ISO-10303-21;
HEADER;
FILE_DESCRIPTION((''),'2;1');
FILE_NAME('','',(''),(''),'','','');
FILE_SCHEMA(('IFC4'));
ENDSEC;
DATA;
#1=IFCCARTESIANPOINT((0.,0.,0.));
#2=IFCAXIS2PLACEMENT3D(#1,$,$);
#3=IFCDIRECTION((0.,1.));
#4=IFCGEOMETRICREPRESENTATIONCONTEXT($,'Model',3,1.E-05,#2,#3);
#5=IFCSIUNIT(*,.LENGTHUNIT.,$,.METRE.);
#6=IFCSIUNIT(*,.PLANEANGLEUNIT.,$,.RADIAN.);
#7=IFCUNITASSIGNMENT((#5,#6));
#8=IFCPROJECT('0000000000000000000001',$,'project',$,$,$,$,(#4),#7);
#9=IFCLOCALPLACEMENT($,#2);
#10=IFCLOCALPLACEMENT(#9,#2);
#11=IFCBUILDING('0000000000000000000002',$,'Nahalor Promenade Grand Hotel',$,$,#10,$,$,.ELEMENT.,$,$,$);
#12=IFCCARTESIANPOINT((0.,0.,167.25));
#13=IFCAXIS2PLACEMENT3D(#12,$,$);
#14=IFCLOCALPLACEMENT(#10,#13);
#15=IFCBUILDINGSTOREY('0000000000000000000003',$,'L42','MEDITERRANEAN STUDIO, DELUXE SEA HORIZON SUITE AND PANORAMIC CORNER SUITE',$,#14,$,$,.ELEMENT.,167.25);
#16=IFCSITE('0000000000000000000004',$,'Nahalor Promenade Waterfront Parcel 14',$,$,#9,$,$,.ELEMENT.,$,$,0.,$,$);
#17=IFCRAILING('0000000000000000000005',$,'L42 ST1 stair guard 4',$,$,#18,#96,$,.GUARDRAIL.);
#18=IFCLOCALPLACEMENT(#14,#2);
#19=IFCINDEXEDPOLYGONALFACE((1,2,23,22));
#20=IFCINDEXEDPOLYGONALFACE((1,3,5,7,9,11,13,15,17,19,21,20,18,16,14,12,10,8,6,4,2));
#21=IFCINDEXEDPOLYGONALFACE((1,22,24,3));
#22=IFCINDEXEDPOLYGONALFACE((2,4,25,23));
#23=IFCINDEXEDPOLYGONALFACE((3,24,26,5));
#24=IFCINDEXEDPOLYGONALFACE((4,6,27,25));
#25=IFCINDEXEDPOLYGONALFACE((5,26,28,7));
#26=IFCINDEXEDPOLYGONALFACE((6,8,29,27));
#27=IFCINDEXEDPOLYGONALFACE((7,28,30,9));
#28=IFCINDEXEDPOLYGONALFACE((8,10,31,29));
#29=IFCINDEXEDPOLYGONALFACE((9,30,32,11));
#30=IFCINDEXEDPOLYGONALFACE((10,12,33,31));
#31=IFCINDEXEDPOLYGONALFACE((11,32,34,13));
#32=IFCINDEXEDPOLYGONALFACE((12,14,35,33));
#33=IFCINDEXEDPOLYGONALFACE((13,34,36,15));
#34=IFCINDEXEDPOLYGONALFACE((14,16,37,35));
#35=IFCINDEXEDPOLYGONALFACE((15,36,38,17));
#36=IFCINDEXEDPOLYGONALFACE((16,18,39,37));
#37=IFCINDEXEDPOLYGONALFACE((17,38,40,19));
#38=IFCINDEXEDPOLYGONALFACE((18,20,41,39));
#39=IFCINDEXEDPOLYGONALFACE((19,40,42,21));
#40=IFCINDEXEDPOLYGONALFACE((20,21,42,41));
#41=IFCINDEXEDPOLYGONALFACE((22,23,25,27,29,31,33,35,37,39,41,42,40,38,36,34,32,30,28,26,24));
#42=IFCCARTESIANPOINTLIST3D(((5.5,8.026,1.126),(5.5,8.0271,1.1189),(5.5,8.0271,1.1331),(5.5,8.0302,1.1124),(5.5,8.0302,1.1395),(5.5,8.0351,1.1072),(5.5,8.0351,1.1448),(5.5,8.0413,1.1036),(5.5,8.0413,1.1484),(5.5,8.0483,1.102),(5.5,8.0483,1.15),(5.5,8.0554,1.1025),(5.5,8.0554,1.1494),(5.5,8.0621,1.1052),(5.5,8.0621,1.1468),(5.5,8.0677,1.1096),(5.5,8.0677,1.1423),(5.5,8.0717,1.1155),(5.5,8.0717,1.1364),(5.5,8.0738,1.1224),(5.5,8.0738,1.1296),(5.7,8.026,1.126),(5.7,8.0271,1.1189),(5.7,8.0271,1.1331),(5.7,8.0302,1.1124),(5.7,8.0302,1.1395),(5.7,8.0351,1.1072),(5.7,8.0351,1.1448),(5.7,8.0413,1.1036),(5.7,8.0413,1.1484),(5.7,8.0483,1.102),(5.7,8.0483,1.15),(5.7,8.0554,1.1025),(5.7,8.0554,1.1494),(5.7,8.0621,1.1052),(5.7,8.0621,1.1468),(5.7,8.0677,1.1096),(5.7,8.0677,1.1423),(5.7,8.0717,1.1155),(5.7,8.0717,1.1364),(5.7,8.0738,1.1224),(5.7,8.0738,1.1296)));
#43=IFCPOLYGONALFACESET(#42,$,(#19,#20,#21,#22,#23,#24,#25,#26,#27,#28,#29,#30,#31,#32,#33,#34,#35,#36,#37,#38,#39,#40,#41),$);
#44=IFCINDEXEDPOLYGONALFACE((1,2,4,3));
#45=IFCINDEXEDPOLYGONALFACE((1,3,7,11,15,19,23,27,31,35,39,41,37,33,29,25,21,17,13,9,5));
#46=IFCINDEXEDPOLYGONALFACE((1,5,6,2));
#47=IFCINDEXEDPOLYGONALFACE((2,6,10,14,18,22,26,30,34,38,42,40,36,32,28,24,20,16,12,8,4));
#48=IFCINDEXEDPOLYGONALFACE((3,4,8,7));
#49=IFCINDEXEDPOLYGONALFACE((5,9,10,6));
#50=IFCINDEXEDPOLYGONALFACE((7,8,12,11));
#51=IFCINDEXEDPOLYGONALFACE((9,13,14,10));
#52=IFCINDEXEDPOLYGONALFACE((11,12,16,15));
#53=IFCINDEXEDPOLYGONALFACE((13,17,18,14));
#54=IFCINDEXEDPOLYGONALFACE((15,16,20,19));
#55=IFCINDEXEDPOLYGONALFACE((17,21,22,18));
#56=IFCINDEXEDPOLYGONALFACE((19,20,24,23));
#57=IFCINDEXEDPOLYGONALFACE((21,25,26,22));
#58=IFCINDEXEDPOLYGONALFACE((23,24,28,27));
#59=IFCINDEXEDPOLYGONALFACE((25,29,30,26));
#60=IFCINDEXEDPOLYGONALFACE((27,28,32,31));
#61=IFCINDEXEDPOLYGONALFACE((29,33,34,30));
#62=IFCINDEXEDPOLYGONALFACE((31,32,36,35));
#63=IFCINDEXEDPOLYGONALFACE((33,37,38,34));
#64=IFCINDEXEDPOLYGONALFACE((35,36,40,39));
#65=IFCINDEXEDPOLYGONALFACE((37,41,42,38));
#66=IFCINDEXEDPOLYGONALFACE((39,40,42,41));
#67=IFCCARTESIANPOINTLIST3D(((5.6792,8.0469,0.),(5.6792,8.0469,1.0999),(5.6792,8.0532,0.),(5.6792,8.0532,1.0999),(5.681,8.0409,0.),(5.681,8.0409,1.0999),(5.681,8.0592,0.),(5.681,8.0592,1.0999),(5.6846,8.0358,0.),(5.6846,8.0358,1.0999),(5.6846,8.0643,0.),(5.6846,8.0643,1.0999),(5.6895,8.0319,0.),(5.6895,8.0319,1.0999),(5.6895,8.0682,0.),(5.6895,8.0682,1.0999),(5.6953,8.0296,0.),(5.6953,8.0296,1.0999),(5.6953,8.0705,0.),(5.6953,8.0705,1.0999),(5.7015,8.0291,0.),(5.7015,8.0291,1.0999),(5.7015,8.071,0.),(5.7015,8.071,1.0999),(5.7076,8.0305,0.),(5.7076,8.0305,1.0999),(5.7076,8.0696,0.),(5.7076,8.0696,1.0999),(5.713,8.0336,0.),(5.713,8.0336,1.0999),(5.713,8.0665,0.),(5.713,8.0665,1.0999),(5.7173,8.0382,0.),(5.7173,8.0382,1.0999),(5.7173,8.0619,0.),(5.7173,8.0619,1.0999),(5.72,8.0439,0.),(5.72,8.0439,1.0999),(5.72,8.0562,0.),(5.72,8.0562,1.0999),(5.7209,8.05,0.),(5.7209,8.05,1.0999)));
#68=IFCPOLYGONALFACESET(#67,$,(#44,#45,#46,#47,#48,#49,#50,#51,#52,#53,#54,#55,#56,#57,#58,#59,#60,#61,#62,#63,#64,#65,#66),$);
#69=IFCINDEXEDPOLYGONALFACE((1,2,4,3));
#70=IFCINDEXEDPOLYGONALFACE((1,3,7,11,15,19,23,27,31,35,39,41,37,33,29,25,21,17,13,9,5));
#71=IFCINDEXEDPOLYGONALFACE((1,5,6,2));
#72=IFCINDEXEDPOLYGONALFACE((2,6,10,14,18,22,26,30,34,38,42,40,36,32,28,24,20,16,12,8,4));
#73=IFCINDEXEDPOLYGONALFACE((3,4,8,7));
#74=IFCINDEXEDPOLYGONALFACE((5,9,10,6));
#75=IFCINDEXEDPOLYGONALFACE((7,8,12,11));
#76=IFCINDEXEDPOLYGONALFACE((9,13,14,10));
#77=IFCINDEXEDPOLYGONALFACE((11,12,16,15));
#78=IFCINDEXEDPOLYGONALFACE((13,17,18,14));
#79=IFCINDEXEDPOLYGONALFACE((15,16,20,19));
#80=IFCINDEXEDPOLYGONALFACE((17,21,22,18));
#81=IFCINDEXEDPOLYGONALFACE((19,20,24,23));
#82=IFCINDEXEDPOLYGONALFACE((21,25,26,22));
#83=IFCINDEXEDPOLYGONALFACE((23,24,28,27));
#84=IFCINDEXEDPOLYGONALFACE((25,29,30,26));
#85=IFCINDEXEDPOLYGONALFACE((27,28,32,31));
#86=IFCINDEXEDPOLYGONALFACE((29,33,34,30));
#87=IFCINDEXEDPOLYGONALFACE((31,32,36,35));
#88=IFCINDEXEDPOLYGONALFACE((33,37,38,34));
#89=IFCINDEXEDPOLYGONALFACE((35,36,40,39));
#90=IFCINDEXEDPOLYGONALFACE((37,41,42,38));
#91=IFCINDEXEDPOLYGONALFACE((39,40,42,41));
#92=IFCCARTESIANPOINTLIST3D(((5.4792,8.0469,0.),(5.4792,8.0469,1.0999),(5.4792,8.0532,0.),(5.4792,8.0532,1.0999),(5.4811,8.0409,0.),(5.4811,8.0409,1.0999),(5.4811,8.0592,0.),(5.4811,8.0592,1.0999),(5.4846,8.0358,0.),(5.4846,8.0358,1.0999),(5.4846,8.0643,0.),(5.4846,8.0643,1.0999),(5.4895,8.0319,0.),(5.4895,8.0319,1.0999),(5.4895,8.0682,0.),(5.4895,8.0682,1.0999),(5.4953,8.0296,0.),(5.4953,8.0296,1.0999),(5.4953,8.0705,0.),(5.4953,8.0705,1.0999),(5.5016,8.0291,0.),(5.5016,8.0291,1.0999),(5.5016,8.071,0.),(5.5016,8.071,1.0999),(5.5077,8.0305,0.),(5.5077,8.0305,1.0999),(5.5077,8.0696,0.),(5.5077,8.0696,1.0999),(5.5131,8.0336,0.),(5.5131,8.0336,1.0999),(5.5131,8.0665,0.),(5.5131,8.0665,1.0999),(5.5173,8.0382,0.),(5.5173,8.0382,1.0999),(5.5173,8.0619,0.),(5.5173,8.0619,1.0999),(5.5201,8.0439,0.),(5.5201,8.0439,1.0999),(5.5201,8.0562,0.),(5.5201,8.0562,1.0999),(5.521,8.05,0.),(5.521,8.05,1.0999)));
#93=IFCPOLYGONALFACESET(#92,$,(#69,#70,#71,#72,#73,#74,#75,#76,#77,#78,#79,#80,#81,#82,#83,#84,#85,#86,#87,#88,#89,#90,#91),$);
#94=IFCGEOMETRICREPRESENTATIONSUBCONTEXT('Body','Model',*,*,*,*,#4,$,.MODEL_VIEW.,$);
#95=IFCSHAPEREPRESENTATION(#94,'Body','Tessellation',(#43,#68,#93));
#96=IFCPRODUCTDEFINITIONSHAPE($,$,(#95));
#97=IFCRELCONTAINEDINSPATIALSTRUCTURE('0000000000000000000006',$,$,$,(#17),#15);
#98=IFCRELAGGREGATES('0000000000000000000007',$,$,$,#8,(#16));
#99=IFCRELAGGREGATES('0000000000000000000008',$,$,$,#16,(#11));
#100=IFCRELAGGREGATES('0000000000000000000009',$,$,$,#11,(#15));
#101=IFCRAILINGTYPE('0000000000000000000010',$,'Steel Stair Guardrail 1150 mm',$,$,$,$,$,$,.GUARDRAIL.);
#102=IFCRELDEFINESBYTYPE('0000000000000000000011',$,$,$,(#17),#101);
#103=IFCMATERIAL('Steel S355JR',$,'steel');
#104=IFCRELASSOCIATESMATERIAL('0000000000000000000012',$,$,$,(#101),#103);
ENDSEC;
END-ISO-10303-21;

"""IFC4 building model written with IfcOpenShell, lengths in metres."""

from ifc_helpers import new_model, si_unit, direction, frame, origin, origin_2d, place, context, subcontext, project, spatial, circle, extrude, material, type_object, element, save


model = new_model("IFC4")

# Units and contexts
model_context = context("Model", 3, precision=1e-05, world=origin(), true_north=direction((0.0, 1.0)))
body_context = subcontext(model_context, "Body", "Model", "MODEL_VIEW")
ifc_project = project(units=[si_unit("LENGTHUNIT", "METRE"), si_unit("PLANEANGLEUNIT", "RADIAN")], contexts=[model_context])

# Site, building, storey
site_placement = place(None, origin())
site = spatial("IfcSite", under=ifc_project, at=site_placement, Name="Nahalor Promenade Waterfront Parcel 14", CompositionType="ELEMENT", RefElevation=0.0)
building_placement = place(site_placement, origin())
building = spatial("IfcBuilding", under=site, at=building_placement, Name="Nahalor Promenade Grand Hotel", CompositionType="ELEMENT")
storey_placement = place(building_placement, frame((0.0, 0.0, 167.25)))
storey = spatial("IfcBuildingStorey", under=building, at=storey_placement, Name="L42", Description="MEDITERRANEAN STUDIO, DELUXE SEA HORIZON SUITE AND PANORAMIC CORNER SUITE", CompositionType="ELEMENT", Elevation=167.25)

# Shared definitions
ifc_material_1 = material(Name="Steel S355JR", Category="steel")

# Railing
railing_type_1 = type_object("IfcRailingType", Name="Steel Stair Guardrail 1150 mm", PredefinedType="GUARDRAIL", material=ifc_material_1)
railing_1_placement = place(storey_placement, frame((5.7, 8.05, 0.0)))
element("IfcRailing", 1, at=railing_1_placement, inside=storey, type_object=railing_type_1, Name="L42 ST1 stair guard 4", PredefinedType="GUARDRAIL", context=body_context, shape_type="SweptSolid", body=[
    extrude(circle(Radius=0.024, at=origin_2d()), frame((0.0, 0.0, 1.126), z_axis=(-1.0, 0.0, 0.0), x_axis=(0.0, -1.0, 0.0)), (0.0, 0.0, 1.0), 0.2),
    extrude(circle(Radius=0.021, at=origin_2d()), origin(), (0.0, 0.0, 1.0), 1.0999),
    extrude(circle(Radius=0.021, at=origin_2d()), frame((-0.2, 0.0, 0.0)), (0.0, 0.0, 1.0), 1.0999),
])

save(model, "model.ifc")
